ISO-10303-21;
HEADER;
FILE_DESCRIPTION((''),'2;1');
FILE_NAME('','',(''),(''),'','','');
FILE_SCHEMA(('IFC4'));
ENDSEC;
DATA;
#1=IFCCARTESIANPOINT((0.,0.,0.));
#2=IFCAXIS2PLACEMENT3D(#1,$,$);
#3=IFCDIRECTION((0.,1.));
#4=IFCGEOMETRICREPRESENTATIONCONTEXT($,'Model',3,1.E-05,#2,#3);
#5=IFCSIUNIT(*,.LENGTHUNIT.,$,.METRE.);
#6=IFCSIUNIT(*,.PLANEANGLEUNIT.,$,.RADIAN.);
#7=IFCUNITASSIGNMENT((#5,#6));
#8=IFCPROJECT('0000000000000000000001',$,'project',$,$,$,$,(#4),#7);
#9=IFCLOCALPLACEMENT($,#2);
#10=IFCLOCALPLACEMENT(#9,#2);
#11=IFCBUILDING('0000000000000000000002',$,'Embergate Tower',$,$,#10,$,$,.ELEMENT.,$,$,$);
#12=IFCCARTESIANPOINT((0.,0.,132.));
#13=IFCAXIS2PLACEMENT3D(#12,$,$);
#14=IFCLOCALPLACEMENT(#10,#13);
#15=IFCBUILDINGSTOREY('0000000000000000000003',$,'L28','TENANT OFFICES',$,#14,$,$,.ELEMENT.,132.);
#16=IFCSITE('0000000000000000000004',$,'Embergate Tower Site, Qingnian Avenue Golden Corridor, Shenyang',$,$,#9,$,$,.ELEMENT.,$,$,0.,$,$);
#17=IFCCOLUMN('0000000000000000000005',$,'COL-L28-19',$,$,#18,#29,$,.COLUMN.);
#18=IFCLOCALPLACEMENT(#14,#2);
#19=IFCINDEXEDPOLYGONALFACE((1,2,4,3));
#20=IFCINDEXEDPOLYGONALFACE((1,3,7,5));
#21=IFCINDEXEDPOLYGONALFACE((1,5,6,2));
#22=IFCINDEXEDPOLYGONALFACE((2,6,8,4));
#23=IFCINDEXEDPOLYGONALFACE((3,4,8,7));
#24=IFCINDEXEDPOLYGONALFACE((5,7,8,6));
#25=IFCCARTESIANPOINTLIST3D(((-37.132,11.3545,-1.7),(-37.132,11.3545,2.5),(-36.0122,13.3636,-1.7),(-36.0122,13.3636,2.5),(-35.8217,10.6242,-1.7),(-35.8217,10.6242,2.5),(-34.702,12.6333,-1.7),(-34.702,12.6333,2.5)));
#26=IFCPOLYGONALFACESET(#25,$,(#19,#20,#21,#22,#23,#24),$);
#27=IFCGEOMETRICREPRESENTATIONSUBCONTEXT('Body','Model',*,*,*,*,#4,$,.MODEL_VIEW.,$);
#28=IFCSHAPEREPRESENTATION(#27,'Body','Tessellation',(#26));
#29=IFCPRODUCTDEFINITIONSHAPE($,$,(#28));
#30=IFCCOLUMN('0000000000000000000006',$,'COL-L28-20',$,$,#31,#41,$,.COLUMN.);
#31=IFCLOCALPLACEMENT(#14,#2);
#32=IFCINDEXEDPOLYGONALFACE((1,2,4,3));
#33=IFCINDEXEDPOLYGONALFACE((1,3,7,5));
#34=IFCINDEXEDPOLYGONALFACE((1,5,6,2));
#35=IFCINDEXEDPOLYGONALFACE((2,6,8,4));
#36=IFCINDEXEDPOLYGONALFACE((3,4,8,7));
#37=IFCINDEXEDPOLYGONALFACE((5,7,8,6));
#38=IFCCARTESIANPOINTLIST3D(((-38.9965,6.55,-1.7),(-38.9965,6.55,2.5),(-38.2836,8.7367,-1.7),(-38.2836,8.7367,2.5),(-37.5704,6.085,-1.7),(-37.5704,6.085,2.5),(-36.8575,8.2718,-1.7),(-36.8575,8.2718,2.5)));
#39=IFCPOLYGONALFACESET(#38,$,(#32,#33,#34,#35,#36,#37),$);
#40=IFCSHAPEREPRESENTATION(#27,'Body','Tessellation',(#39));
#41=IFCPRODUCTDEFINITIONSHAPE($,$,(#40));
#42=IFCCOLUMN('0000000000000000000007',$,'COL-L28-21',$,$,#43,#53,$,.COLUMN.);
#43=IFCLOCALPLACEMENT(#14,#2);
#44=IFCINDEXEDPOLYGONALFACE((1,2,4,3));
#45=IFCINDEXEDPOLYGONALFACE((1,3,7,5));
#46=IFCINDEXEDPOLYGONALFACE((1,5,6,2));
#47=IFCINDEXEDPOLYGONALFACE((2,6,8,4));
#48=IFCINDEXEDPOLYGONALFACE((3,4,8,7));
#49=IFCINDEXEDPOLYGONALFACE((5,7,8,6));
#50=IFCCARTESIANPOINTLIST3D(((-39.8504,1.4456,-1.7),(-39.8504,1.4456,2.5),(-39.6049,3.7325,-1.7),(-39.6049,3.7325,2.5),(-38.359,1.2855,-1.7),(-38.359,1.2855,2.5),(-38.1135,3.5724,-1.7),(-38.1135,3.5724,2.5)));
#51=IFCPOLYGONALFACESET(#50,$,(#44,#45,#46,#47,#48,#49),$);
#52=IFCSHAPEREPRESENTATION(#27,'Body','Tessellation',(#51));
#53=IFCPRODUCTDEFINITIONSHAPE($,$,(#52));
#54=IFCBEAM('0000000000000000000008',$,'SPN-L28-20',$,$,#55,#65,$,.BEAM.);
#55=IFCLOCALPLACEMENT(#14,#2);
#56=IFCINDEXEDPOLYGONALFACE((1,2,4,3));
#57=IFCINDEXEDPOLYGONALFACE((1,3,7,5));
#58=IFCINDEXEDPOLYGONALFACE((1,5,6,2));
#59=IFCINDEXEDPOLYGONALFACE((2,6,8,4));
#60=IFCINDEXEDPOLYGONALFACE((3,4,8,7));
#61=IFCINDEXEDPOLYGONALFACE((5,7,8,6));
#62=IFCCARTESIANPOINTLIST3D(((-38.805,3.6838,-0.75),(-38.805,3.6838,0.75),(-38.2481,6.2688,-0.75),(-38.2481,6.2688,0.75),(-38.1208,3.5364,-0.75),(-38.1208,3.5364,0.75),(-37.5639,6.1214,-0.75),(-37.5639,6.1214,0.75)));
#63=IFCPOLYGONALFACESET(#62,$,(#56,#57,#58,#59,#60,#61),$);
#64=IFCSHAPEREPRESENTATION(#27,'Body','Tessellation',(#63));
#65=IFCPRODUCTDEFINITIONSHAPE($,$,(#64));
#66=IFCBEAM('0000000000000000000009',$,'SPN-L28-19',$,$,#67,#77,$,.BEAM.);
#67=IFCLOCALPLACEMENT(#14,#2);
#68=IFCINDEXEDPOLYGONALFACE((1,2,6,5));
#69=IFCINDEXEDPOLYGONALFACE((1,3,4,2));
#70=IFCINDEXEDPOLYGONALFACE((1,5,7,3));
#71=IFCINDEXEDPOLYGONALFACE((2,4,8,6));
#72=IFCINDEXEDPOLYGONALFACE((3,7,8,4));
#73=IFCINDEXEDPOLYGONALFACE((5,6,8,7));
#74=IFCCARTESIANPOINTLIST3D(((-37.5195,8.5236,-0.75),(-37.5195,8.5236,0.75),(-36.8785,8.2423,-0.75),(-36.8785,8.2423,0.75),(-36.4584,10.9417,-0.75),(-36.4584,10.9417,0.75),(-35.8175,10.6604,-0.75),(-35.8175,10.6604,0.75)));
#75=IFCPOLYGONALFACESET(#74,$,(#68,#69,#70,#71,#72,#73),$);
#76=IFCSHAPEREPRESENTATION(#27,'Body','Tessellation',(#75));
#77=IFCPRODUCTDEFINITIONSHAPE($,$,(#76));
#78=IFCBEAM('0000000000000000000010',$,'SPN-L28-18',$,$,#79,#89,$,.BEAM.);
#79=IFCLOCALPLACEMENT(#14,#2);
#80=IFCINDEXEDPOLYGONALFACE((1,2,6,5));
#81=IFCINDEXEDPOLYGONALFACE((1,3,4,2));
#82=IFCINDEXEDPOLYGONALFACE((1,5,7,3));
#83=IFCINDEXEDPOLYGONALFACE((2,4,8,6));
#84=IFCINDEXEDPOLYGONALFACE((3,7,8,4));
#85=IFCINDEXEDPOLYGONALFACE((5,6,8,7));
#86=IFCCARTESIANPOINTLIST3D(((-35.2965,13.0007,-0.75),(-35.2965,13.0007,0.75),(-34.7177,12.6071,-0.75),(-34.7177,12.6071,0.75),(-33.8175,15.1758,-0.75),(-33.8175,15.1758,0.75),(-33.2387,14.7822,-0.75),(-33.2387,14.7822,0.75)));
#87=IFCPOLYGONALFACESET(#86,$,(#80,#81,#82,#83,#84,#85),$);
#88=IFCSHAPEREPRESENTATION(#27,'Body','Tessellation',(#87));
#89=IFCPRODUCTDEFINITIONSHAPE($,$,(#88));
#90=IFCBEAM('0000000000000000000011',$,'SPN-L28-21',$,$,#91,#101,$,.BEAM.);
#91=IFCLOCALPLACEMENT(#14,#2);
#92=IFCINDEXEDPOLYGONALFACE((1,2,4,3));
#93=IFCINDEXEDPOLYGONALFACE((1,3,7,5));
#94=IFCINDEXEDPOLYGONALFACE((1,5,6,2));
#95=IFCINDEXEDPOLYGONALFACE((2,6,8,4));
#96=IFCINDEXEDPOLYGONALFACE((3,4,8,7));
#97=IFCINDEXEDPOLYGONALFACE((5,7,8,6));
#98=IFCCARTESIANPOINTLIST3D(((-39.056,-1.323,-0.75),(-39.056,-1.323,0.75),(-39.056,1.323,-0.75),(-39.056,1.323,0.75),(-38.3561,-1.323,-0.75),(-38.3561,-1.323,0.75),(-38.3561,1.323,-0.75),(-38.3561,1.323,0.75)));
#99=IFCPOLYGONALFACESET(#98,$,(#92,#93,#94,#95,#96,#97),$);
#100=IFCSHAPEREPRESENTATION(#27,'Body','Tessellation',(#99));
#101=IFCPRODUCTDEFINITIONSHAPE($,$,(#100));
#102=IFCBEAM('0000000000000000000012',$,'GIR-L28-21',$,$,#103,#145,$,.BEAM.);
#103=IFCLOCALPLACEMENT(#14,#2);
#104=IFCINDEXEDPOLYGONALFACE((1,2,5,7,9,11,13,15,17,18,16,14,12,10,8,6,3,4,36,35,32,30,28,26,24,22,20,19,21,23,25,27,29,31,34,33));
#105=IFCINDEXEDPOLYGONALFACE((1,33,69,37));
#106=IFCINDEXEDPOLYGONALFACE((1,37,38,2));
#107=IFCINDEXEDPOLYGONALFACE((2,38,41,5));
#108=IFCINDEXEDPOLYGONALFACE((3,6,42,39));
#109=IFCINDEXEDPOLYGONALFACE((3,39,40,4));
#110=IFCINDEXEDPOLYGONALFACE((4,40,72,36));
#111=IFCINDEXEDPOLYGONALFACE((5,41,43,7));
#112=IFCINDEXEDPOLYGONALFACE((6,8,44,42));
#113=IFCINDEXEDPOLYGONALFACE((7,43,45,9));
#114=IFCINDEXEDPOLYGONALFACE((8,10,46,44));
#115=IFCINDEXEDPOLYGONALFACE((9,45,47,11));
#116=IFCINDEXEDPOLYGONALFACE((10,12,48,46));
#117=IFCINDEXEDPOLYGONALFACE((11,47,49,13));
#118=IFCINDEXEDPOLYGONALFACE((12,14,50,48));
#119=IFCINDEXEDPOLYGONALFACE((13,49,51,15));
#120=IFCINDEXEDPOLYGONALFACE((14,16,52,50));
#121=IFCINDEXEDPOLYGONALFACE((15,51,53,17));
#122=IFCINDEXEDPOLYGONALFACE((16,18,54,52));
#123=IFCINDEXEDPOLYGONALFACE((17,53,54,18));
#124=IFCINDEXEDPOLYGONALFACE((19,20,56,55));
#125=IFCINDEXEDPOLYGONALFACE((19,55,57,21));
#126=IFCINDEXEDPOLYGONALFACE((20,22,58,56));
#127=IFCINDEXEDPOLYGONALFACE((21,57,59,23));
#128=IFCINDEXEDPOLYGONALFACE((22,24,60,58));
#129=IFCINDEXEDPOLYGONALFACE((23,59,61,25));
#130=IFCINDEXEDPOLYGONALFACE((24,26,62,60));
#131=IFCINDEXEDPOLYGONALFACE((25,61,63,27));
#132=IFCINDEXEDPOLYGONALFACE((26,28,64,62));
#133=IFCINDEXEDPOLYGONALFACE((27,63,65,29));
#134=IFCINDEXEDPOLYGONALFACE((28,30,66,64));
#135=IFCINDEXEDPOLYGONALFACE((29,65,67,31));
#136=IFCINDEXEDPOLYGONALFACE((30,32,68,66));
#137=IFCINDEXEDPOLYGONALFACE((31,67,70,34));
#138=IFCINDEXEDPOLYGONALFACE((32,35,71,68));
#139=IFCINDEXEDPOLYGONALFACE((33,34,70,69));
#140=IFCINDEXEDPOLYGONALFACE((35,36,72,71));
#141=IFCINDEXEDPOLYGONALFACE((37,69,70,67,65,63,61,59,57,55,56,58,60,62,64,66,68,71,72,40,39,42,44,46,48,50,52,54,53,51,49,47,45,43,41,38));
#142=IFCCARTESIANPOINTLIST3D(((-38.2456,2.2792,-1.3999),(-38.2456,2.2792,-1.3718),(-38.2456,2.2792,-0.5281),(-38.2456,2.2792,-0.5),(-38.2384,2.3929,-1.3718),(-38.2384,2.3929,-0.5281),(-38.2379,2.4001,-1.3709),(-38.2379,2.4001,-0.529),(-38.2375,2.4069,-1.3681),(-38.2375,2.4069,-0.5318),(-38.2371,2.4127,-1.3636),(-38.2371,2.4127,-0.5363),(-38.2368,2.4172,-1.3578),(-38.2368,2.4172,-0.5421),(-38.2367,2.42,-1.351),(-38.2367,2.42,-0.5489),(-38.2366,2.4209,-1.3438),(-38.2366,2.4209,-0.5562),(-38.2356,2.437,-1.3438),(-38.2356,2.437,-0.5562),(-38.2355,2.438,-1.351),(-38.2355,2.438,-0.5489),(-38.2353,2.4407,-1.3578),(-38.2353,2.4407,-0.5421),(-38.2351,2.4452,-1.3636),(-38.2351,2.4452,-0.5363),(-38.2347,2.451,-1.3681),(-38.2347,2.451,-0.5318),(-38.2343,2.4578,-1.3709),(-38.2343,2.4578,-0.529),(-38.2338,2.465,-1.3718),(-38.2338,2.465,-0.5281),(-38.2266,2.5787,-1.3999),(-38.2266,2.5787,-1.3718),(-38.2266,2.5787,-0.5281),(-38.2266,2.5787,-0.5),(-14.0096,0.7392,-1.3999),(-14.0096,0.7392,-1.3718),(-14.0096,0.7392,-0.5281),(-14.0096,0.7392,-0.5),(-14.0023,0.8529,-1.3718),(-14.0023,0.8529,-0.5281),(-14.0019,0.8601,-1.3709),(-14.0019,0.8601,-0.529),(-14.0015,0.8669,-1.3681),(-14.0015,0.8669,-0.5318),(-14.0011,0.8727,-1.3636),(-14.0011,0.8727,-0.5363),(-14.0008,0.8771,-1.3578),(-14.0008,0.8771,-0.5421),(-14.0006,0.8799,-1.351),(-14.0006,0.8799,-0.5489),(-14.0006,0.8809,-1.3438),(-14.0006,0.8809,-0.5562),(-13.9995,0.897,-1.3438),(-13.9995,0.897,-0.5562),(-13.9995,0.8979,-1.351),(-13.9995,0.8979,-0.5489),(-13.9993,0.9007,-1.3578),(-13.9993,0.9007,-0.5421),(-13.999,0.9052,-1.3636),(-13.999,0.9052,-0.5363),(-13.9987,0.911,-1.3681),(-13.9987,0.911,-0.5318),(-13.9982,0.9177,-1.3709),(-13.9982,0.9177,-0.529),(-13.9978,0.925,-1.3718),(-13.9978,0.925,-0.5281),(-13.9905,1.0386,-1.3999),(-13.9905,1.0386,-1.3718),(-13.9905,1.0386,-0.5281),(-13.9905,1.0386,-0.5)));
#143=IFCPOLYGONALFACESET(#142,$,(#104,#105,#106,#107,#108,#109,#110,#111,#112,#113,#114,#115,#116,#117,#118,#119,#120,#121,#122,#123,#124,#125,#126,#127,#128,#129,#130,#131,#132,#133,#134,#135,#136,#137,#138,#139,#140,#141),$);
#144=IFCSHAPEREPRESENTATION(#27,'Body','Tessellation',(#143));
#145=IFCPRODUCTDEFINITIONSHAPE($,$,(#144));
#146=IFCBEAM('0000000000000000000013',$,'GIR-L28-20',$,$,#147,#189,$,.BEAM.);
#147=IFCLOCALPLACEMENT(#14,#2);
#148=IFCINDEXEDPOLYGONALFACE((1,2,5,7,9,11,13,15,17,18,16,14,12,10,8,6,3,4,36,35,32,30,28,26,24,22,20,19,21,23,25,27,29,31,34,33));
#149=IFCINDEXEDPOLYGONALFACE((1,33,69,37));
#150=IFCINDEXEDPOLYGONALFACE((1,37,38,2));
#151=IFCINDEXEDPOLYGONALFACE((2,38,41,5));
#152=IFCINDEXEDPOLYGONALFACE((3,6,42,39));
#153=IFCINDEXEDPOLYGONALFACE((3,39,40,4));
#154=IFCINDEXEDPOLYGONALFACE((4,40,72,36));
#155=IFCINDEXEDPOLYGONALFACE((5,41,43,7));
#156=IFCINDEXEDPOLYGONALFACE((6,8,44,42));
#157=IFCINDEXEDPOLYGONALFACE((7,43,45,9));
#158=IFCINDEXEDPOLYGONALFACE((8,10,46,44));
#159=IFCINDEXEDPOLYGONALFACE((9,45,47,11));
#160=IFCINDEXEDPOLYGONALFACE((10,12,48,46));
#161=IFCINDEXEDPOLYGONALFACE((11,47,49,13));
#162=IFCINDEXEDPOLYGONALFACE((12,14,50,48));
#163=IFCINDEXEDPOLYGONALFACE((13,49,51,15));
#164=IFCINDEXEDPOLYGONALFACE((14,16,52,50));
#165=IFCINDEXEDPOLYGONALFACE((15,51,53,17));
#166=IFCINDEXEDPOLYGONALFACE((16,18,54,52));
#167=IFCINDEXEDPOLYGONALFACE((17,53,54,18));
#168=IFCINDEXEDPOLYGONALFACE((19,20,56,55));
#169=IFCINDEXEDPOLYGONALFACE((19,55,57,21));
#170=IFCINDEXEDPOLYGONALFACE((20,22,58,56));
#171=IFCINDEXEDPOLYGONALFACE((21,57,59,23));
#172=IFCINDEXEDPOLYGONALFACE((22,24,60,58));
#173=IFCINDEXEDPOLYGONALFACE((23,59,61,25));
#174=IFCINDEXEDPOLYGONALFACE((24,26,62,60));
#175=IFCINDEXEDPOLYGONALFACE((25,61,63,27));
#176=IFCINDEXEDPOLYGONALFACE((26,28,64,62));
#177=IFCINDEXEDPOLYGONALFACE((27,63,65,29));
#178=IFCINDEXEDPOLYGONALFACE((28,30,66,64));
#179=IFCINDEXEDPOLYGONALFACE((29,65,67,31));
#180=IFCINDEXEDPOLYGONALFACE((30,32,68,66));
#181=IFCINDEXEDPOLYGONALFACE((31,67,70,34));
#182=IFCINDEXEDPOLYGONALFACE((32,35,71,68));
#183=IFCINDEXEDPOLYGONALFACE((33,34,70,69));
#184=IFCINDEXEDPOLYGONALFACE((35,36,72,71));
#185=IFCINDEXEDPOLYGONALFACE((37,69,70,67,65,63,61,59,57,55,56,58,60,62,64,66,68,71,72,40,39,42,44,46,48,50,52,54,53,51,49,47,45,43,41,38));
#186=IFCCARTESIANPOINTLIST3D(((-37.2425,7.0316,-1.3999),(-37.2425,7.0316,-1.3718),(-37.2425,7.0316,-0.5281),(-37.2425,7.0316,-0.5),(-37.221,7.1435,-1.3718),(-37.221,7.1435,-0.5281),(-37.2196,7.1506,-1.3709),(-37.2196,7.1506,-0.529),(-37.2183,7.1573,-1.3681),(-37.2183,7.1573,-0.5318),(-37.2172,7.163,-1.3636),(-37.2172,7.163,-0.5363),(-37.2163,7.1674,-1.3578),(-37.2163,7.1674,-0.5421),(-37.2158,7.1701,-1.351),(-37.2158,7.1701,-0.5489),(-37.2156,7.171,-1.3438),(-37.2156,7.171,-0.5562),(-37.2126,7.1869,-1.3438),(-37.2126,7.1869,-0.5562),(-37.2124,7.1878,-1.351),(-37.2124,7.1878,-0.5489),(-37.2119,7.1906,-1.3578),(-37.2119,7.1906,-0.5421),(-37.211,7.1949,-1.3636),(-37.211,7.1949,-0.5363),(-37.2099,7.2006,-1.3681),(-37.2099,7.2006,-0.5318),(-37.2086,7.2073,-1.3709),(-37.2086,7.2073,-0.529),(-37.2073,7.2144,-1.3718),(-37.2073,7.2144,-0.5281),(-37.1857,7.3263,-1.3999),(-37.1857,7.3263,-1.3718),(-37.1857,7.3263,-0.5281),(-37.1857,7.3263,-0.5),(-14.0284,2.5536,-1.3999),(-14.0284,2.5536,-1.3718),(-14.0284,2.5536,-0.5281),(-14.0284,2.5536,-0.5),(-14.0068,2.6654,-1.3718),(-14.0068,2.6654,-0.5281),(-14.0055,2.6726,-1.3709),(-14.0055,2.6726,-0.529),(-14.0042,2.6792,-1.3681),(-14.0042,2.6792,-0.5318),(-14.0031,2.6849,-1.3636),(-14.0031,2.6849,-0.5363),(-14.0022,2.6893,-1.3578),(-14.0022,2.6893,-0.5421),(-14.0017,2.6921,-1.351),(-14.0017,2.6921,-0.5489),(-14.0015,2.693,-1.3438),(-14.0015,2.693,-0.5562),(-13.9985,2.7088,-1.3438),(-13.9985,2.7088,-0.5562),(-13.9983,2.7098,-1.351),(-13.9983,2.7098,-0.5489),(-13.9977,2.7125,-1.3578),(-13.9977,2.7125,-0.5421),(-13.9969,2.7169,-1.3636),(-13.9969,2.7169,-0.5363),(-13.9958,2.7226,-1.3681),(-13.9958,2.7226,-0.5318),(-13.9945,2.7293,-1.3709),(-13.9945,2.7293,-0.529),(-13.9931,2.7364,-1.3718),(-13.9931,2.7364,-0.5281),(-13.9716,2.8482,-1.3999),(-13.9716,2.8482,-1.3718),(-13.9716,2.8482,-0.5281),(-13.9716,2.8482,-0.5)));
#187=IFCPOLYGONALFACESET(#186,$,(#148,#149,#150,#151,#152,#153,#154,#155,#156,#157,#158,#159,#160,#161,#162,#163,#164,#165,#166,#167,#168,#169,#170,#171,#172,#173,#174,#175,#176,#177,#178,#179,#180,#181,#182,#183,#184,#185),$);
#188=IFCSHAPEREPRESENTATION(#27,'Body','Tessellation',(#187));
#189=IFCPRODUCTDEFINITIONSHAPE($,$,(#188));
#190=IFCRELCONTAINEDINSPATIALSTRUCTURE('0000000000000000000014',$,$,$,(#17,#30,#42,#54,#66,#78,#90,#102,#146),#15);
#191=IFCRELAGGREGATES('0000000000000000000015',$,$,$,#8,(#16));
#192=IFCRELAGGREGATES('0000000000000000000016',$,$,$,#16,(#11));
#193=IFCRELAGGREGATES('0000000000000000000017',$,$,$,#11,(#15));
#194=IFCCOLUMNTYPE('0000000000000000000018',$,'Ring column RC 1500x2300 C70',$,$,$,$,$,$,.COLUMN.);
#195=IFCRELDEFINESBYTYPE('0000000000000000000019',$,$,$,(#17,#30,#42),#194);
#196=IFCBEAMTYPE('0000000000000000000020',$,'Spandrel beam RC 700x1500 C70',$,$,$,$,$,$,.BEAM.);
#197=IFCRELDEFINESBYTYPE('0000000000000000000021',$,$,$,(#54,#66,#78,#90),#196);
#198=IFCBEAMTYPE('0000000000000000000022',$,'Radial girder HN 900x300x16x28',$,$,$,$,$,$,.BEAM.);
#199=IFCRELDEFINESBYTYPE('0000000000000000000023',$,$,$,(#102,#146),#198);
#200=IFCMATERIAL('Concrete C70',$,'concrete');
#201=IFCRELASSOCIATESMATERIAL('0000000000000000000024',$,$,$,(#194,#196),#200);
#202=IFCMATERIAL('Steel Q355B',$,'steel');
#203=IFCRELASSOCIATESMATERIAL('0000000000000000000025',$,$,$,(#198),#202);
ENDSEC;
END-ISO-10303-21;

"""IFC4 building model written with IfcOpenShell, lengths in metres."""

from ifc_helpers import new_model, si_unit, direction, frame, origin, origin_2d, place, context, subcontext, project, spatial, rectangle, i_section, extrude, source, transform, mapped, material, material_profile, profile_set, type_object, element, save


model = new_model("IFC4")

# Units and contexts
model_context = context("Model", 3, precision=1e-05, world=origin(), true_north=direction((0.0, 1.0)))
body_context = subcontext(model_context, "Body", "Model", "MODEL_VIEW")
ifc_project = project(units=[si_unit("LENGTHUNIT", "METRE"), si_unit("PLANEANGLEUNIT", "RADIAN")], contexts=[model_context])

# Site, building, storey
site_placement = place(None, origin())
site = spatial("IfcSite", under=ifc_project, at=site_placement, Name="Embergate Tower Site, Qingnian Avenue Golden Corridor, Shenyang", CompositionType="ELEMENT", RefElevation=0.0)
building_placement = place(site_placement, origin())
building = spatial("IfcBuilding", under=site, at=building_placement, Name="Embergate Tower", CompositionType="ELEMENT")
storey_placement = place(building_placement, frame((0.0, 0.0, 132.0)))
storey = spatial("IfcBuildingStorey", under=building, at=storey_placement, Name="L28", Description="TENANT OFFICES", CompositionType="ELEMENT", Elevation=132.0)

# Columns
ifc_material_1 = material(Name="Concrete C70", Category="concrete")
ifc_material_profile_1 = material_profile(ifc_material_1, rectangle(XDim=1.5, YDim=2.3, at=origin_2d()), Name="RC 1500x2300")
ifc_profile_set_1 = profile_set([ifc_material_profile_1], Name="Concrete C70")
column_type = type_object("IfcColumnType", Name="Ring column RC 1500x2300 C70", PredefinedType="COLUMN", material=ifc_profile_set_1)
shared_shape_1 = source(origin(), body_context, "Body", "SweptSolid", [
    extrude(rectangle(XDim=1.5, YDim=2.3, at=origin_2d()), origin(), (0.0, 0.0, 1.0), 4.2),
])
for number, where, z_axis, x_axis, name in (
    (1, (-35.917, 11.9939, -1.7), (0.0, 0.0, 1.0), (-0.873492, 0.486839, 0.0), "COL-L28-19"),
    (2, (-37.927, 7.4109, -1.7), (0.0, 0.0, 1.0), (-0.950754, 0.309946, 0.0), "COL-L28-20"),
    (3, (-38.9819, 2.509, -1.7), (0.0, 0.0, 1.0), (-0.994286, 0.10675, 0.0), "COL-L28-21"),
):
    element("IfcColumn", number, at=place(storey_placement, frame(where, z_axis=z_axis, x_axis=x_axis)), inside=storey, type_object=column_type, Name=name, PredefinedType="COLUMN", context=body_context, shape_type="MappedRepresentation", body=[
        mapped(shared_shape_1, transform((0.0, 0.0, 0.0))),
    ])

# Beams
ifc_material_profile_2 = material_profile(ifc_material_1, rectangle(XDim=0.7, YDim=1.5, at=origin_2d()), Name="RC 700x1500")
ifc_profile_set_2 = profile_set([ifc_material_profile_2], Name="Concrete C70")
beam_type_1 = type_object("IfcBeamType", Name="Spandrel beam RC 700x1500 C70", PredefinedType="BEAM", material=ifc_profile_set_2)
shared_shape_2 = source(origin(), body_context, "Body", "SweptSolid", [
    extrude(rectangle(XDim=0.7, YDim=1.5, at=origin_2d()), origin(), (0.0, 0.0, 1.0), 2.6443),
])
beam_1_placement = place(storey_placement, frame((-37.906, 6.1951, 0.0), z_axis=(-0.210601, -0.977572, 0.0), x_axis=(0.977572, -0.210601, 0.0)))
element("IfcBeam", 4, at=beam_1_placement, inside=storey, type_object=beam_type_1, Name="SPN-L28-20", PredefinedType="BEAM", context=body_context, shape_type="MappedRepresentation", body=[
    mapped(shared_shape_2, transform((0.0, 0.0, 0.0))),
])
shared_shape_3 = source(origin(), body_context, "Body", "SweptSolid", [
    extrude(rectangle(XDim=0.7, YDim=1.5, at=origin_2d()), origin(), (0.0, 0.0, 1.0), 2.6406),
])
beam_2_placement = place(storey_placement, frame((-36.1379, 10.801, 0.0), z_axis=(-0.401827, -0.915715, 0.0), x_axis=(0.915715, -0.401827, 0.0)))
element("IfcBeam", 5, at=beam_2_placement, inside=storey, type_object=beam_type_1, Name="SPN-L28-19", PredefinedType="BEAM", context=body_context, shape_type="MappedRepresentation", body=[
    mapped(shared_shape_3, transform((0.0, 0.0, 0.0))),
])
shared_shape_4 = source(origin(), body_context, "Body", "SweptSolid", [
    extrude(rectangle(XDim=0.7, YDim=1.5, at=origin_2d()), origin(), (0.0, 0.0, 1.0), 2.6304),
])
beam_3_placement = place(storey_placement, frame((-33.5281, 14.979, 0.0), z_axis=(-0.562302, -0.826932, 0.0), x_axis=(0.826932, -0.562302, 0.0)))
element("IfcBeam", 6, at=beam_3_placement, inside=storey, type_object=beam_type_1, Name="SPN-L28-18", PredefinedType="BEAM", context=body_context, shape_type="MappedRepresentation", body=[
    mapped(shared_shape_4, transform((0.0, 0.0, 0.0))),
])
shared_shape_5 = source(origin(), body_context, "Body", "SweptSolid", [
    extrude(rectangle(XDim=0.7, YDim=1.5, at=origin_2d()), origin(), (0.0, 0.0, 1.0), 2.646),
])
beam_4_placement = place(storey_placement, frame((-38.7061, 1.323, 0.0), z_axis=(0.0, -1.0, 0.0), x_axis=(1.0, 0.0, 0.0)))
element("IfcBeam", 7, at=beam_4_placement, inside=storey, type_object=beam_type_1, Name="SPN-L28-21", PredefinedType="BEAM", context=body_context, shape_type="MappedRepresentation", body=[
    mapped(shared_shape_5, transform((0.0, 0.0, 0.0))),
])
ifc_material_2 = material(Name="Steel Q355B", Category="steel")
ifc_material_profile_3 = material_profile(ifc_material_2, i_section(OverallWidth=0.3, OverallDepth=0.8999, WebThickness=0.0161, FlangeThickness=0.0281, FilletRadius=0.0281, at=origin_2d()), Name="HN 900x300x16x28")
ifc_profile_set_3 = profile_set([ifc_material_profile_3], Name="Steel Q355 grade B")
beam_type_2 = type_object("IfcBeamType", Name="Radial girder HN 900x300x16x28", PredefinedType="BEAM", material=ifc_profile_set_3)
shared_shape_6 = source(origin(), body_context, "Body", "SweptSolid", [
    extrude(i_section(OverallWidth=0.3, OverallDepth=0.8999, WebThickness=0.0161, FlangeThickness=0.0281, FilletRadius=0.0281, at=origin_2d()), origin(), (0.0, 0.0, 1.0), 24.2849),
])
beam_5_placement = place(storey_placement, frame((-38.2361, 2.429, -0.95), z_axis=(0.997987, -0.063415, 0.0), x_axis=(0.063415, 0.997987, 0.0)))
element("IfcBeam", 8, at=beam_5_placement, inside=storey, type_object=beam_type_2, Name="GIR-L28-21", PredefinedType="BEAM", context=body_context, shape_type="MappedRepresentation", body=[
    mapped(shared_shape_6, transform((0.0, 0.0, 0.0))),
])
shared_shape_7 = source(origin(), body_context, "Body", "SweptSolid", [
    extrude(i_section(OverallWidth=0.3, OverallDepth=0.8999, WebThickness=0.0161, FlangeThickness=0.0281, FilletRadius=0.0281, at=origin_2d()), origin(), (0.0, 0.0, 1.0), 23.6421),
])
beam_6_placement = place(storey_placement, frame((-37.2141, 7.179, -0.95), z_axis=(0.981898, -0.189409, 0.0), x_axis=(0.189409, 0.981898, 0.0)))
element("IfcBeam", 9, at=beam_6_placement, inside=storey, type_object=beam_type_2, Name="GIR-L28-20", PredefinedType="BEAM", context=body_context, shape_type="MappedRepresentation", body=[
    mapped(shared_shape_7, transform((0.0, 0.0, 0.0))),
])

save(model, "model.ifc")
